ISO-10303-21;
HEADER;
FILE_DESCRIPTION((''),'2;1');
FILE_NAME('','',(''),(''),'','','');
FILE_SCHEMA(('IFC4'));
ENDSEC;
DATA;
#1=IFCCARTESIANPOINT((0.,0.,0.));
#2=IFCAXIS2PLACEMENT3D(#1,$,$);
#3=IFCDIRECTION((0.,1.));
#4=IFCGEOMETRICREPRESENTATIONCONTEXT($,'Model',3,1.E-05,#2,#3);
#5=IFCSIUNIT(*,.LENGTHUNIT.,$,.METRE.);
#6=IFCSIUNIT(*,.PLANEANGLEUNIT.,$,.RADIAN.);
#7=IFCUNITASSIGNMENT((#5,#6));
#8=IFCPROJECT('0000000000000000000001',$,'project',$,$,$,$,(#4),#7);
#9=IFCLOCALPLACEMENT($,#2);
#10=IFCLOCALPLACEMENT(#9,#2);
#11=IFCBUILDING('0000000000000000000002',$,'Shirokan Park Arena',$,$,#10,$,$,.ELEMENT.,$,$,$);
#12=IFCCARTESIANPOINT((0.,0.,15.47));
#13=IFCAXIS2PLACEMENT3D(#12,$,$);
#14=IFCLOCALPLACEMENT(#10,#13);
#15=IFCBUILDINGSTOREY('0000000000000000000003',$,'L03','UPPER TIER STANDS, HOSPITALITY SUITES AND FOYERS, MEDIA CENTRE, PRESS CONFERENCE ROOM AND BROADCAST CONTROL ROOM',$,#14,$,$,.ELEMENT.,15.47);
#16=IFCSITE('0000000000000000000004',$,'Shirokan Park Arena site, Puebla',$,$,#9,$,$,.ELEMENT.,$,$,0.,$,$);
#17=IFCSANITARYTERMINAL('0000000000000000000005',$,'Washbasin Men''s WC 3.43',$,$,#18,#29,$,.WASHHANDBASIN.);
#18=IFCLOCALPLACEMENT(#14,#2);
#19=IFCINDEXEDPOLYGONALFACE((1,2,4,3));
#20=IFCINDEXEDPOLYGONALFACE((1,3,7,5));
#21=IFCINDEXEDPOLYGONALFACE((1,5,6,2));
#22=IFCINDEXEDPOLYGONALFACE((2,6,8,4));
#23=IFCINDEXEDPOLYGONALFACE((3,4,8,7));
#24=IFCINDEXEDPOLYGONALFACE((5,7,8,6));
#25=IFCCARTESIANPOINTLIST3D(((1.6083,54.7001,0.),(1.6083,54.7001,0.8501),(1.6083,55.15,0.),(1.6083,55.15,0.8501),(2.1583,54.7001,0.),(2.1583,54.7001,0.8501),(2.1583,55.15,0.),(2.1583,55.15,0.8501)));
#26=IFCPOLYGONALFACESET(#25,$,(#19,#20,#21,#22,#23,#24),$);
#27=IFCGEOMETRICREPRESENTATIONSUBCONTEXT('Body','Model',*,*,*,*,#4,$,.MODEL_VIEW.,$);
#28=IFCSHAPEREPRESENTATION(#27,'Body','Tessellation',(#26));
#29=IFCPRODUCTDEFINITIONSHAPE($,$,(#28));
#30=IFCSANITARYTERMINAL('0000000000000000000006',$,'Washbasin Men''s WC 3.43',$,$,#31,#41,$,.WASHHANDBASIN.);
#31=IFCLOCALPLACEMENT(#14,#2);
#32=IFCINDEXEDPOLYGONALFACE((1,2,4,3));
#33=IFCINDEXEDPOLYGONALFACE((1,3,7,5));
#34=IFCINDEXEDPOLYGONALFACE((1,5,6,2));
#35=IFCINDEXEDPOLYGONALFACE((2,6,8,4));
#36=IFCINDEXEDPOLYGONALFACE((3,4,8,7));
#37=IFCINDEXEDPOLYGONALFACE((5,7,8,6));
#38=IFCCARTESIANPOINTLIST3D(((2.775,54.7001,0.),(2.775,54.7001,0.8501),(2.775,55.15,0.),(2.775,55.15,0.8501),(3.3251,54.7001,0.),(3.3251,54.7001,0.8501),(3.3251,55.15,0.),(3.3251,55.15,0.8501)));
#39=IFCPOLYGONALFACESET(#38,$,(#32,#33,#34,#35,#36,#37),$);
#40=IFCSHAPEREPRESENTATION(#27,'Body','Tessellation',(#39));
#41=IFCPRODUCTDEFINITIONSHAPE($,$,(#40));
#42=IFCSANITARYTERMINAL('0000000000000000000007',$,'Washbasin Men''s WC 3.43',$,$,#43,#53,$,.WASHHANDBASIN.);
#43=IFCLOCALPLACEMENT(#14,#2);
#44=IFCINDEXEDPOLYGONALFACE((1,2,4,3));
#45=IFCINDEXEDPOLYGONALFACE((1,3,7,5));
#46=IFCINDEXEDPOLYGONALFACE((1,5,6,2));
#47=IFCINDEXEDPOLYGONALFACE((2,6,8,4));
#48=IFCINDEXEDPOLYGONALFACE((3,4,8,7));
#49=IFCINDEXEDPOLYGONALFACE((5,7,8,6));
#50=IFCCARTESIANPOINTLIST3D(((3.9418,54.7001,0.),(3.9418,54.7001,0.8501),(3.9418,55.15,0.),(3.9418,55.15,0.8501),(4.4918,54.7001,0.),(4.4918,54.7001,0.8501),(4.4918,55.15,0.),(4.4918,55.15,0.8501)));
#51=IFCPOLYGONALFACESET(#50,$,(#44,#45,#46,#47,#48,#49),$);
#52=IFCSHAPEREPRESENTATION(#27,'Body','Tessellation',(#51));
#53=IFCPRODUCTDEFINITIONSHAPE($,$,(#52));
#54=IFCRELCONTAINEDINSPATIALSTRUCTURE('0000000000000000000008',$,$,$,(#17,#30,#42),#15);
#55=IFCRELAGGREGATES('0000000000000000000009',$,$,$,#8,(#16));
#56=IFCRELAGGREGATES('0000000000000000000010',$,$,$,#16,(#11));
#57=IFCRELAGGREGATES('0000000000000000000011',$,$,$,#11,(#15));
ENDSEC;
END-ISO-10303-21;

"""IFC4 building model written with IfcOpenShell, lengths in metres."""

from ifc_helpers import new_model, si_unit, direction, frame, origin, origin_2d, place, context, subcontext, project, spatial, rectangle, extrude, element, save


model = new_model("IFC4")

# Units and contexts
model_context = context("Model", 3, precision=1e-05, world=origin(), true_north=direction((0.0, 1.0)))
body_context = subcontext(model_context, "Body", "Model", "MODEL_VIEW")
ifc_project = project(units=[si_unit("LENGTHUNIT", "METRE"), si_unit("PLANEANGLEUNIT", "RADIAN")], contexts=[model_context])

# Site, building, storey
site_placement = place(None, origin())
site = spatial("IfcSite", under=ifc_project, at=site_placement, Name="Shirokan Park Arena site, Puebla", CompositionType="ELEMENT", RefElevation=0.0)
building_placement = place(site_placement, origin())
building = spatial("IfcBuilding", under=site, at=building_placement, Name="Shirokan Park Arena", CompositionType="ELEMENT")
storey_placement = place(building_placement, frame((0.0, 0.0, 15.47)))
storey = spatial("IfcBuildingStorey", under=building, at=storey_placement, Name="L03", Description="UPPER TIER STANDS, HOSPITALITY SUITES AND FOYERS, MEDIA CENTRE, PRESS CONFERENCE ROOM AND BROADCAST CONTROL ROOM", CompositionType="ELEMENT", Elevation=15.47)

# Sanitary terminals
for number, where, z_axis, x_axis, name in (
    (1, (1.8833, 54.925, 0.0), (0.0, 0.0, 1.0), (1.0, 0.0, 0.0), "Washbasin Men's WC 3.43"),
    (2, (3.05, 54.925, 0.0), (0.0, 0.0, 1.0), (1.0, 0.0, 0.0), "Washbasin Men's WC 3.43"),
    (3, (4.2168, 54.925, 0.0), (0.0, 0.0, 1.0), (1.0, 0.0, 0.0), "Washbasin Men's WC 3.43"),
):
    element("IfcSanitaryTerminal", number, at=place(storey_placement, frame(where, z_axis=z_axis, x_axis=x_axis)), inside=storey, Name=name, PredefinedType="WASHHANDBASIN", context=body_context, shape_type="SweptSolid", body=[
        extrude(rectangle(XDim=0.55, YDim=0.45, at=origin_2d()), origin(), (0.0, 0.0, 1.0), 0.8501),
    ])

save(model, "model.ifc")
